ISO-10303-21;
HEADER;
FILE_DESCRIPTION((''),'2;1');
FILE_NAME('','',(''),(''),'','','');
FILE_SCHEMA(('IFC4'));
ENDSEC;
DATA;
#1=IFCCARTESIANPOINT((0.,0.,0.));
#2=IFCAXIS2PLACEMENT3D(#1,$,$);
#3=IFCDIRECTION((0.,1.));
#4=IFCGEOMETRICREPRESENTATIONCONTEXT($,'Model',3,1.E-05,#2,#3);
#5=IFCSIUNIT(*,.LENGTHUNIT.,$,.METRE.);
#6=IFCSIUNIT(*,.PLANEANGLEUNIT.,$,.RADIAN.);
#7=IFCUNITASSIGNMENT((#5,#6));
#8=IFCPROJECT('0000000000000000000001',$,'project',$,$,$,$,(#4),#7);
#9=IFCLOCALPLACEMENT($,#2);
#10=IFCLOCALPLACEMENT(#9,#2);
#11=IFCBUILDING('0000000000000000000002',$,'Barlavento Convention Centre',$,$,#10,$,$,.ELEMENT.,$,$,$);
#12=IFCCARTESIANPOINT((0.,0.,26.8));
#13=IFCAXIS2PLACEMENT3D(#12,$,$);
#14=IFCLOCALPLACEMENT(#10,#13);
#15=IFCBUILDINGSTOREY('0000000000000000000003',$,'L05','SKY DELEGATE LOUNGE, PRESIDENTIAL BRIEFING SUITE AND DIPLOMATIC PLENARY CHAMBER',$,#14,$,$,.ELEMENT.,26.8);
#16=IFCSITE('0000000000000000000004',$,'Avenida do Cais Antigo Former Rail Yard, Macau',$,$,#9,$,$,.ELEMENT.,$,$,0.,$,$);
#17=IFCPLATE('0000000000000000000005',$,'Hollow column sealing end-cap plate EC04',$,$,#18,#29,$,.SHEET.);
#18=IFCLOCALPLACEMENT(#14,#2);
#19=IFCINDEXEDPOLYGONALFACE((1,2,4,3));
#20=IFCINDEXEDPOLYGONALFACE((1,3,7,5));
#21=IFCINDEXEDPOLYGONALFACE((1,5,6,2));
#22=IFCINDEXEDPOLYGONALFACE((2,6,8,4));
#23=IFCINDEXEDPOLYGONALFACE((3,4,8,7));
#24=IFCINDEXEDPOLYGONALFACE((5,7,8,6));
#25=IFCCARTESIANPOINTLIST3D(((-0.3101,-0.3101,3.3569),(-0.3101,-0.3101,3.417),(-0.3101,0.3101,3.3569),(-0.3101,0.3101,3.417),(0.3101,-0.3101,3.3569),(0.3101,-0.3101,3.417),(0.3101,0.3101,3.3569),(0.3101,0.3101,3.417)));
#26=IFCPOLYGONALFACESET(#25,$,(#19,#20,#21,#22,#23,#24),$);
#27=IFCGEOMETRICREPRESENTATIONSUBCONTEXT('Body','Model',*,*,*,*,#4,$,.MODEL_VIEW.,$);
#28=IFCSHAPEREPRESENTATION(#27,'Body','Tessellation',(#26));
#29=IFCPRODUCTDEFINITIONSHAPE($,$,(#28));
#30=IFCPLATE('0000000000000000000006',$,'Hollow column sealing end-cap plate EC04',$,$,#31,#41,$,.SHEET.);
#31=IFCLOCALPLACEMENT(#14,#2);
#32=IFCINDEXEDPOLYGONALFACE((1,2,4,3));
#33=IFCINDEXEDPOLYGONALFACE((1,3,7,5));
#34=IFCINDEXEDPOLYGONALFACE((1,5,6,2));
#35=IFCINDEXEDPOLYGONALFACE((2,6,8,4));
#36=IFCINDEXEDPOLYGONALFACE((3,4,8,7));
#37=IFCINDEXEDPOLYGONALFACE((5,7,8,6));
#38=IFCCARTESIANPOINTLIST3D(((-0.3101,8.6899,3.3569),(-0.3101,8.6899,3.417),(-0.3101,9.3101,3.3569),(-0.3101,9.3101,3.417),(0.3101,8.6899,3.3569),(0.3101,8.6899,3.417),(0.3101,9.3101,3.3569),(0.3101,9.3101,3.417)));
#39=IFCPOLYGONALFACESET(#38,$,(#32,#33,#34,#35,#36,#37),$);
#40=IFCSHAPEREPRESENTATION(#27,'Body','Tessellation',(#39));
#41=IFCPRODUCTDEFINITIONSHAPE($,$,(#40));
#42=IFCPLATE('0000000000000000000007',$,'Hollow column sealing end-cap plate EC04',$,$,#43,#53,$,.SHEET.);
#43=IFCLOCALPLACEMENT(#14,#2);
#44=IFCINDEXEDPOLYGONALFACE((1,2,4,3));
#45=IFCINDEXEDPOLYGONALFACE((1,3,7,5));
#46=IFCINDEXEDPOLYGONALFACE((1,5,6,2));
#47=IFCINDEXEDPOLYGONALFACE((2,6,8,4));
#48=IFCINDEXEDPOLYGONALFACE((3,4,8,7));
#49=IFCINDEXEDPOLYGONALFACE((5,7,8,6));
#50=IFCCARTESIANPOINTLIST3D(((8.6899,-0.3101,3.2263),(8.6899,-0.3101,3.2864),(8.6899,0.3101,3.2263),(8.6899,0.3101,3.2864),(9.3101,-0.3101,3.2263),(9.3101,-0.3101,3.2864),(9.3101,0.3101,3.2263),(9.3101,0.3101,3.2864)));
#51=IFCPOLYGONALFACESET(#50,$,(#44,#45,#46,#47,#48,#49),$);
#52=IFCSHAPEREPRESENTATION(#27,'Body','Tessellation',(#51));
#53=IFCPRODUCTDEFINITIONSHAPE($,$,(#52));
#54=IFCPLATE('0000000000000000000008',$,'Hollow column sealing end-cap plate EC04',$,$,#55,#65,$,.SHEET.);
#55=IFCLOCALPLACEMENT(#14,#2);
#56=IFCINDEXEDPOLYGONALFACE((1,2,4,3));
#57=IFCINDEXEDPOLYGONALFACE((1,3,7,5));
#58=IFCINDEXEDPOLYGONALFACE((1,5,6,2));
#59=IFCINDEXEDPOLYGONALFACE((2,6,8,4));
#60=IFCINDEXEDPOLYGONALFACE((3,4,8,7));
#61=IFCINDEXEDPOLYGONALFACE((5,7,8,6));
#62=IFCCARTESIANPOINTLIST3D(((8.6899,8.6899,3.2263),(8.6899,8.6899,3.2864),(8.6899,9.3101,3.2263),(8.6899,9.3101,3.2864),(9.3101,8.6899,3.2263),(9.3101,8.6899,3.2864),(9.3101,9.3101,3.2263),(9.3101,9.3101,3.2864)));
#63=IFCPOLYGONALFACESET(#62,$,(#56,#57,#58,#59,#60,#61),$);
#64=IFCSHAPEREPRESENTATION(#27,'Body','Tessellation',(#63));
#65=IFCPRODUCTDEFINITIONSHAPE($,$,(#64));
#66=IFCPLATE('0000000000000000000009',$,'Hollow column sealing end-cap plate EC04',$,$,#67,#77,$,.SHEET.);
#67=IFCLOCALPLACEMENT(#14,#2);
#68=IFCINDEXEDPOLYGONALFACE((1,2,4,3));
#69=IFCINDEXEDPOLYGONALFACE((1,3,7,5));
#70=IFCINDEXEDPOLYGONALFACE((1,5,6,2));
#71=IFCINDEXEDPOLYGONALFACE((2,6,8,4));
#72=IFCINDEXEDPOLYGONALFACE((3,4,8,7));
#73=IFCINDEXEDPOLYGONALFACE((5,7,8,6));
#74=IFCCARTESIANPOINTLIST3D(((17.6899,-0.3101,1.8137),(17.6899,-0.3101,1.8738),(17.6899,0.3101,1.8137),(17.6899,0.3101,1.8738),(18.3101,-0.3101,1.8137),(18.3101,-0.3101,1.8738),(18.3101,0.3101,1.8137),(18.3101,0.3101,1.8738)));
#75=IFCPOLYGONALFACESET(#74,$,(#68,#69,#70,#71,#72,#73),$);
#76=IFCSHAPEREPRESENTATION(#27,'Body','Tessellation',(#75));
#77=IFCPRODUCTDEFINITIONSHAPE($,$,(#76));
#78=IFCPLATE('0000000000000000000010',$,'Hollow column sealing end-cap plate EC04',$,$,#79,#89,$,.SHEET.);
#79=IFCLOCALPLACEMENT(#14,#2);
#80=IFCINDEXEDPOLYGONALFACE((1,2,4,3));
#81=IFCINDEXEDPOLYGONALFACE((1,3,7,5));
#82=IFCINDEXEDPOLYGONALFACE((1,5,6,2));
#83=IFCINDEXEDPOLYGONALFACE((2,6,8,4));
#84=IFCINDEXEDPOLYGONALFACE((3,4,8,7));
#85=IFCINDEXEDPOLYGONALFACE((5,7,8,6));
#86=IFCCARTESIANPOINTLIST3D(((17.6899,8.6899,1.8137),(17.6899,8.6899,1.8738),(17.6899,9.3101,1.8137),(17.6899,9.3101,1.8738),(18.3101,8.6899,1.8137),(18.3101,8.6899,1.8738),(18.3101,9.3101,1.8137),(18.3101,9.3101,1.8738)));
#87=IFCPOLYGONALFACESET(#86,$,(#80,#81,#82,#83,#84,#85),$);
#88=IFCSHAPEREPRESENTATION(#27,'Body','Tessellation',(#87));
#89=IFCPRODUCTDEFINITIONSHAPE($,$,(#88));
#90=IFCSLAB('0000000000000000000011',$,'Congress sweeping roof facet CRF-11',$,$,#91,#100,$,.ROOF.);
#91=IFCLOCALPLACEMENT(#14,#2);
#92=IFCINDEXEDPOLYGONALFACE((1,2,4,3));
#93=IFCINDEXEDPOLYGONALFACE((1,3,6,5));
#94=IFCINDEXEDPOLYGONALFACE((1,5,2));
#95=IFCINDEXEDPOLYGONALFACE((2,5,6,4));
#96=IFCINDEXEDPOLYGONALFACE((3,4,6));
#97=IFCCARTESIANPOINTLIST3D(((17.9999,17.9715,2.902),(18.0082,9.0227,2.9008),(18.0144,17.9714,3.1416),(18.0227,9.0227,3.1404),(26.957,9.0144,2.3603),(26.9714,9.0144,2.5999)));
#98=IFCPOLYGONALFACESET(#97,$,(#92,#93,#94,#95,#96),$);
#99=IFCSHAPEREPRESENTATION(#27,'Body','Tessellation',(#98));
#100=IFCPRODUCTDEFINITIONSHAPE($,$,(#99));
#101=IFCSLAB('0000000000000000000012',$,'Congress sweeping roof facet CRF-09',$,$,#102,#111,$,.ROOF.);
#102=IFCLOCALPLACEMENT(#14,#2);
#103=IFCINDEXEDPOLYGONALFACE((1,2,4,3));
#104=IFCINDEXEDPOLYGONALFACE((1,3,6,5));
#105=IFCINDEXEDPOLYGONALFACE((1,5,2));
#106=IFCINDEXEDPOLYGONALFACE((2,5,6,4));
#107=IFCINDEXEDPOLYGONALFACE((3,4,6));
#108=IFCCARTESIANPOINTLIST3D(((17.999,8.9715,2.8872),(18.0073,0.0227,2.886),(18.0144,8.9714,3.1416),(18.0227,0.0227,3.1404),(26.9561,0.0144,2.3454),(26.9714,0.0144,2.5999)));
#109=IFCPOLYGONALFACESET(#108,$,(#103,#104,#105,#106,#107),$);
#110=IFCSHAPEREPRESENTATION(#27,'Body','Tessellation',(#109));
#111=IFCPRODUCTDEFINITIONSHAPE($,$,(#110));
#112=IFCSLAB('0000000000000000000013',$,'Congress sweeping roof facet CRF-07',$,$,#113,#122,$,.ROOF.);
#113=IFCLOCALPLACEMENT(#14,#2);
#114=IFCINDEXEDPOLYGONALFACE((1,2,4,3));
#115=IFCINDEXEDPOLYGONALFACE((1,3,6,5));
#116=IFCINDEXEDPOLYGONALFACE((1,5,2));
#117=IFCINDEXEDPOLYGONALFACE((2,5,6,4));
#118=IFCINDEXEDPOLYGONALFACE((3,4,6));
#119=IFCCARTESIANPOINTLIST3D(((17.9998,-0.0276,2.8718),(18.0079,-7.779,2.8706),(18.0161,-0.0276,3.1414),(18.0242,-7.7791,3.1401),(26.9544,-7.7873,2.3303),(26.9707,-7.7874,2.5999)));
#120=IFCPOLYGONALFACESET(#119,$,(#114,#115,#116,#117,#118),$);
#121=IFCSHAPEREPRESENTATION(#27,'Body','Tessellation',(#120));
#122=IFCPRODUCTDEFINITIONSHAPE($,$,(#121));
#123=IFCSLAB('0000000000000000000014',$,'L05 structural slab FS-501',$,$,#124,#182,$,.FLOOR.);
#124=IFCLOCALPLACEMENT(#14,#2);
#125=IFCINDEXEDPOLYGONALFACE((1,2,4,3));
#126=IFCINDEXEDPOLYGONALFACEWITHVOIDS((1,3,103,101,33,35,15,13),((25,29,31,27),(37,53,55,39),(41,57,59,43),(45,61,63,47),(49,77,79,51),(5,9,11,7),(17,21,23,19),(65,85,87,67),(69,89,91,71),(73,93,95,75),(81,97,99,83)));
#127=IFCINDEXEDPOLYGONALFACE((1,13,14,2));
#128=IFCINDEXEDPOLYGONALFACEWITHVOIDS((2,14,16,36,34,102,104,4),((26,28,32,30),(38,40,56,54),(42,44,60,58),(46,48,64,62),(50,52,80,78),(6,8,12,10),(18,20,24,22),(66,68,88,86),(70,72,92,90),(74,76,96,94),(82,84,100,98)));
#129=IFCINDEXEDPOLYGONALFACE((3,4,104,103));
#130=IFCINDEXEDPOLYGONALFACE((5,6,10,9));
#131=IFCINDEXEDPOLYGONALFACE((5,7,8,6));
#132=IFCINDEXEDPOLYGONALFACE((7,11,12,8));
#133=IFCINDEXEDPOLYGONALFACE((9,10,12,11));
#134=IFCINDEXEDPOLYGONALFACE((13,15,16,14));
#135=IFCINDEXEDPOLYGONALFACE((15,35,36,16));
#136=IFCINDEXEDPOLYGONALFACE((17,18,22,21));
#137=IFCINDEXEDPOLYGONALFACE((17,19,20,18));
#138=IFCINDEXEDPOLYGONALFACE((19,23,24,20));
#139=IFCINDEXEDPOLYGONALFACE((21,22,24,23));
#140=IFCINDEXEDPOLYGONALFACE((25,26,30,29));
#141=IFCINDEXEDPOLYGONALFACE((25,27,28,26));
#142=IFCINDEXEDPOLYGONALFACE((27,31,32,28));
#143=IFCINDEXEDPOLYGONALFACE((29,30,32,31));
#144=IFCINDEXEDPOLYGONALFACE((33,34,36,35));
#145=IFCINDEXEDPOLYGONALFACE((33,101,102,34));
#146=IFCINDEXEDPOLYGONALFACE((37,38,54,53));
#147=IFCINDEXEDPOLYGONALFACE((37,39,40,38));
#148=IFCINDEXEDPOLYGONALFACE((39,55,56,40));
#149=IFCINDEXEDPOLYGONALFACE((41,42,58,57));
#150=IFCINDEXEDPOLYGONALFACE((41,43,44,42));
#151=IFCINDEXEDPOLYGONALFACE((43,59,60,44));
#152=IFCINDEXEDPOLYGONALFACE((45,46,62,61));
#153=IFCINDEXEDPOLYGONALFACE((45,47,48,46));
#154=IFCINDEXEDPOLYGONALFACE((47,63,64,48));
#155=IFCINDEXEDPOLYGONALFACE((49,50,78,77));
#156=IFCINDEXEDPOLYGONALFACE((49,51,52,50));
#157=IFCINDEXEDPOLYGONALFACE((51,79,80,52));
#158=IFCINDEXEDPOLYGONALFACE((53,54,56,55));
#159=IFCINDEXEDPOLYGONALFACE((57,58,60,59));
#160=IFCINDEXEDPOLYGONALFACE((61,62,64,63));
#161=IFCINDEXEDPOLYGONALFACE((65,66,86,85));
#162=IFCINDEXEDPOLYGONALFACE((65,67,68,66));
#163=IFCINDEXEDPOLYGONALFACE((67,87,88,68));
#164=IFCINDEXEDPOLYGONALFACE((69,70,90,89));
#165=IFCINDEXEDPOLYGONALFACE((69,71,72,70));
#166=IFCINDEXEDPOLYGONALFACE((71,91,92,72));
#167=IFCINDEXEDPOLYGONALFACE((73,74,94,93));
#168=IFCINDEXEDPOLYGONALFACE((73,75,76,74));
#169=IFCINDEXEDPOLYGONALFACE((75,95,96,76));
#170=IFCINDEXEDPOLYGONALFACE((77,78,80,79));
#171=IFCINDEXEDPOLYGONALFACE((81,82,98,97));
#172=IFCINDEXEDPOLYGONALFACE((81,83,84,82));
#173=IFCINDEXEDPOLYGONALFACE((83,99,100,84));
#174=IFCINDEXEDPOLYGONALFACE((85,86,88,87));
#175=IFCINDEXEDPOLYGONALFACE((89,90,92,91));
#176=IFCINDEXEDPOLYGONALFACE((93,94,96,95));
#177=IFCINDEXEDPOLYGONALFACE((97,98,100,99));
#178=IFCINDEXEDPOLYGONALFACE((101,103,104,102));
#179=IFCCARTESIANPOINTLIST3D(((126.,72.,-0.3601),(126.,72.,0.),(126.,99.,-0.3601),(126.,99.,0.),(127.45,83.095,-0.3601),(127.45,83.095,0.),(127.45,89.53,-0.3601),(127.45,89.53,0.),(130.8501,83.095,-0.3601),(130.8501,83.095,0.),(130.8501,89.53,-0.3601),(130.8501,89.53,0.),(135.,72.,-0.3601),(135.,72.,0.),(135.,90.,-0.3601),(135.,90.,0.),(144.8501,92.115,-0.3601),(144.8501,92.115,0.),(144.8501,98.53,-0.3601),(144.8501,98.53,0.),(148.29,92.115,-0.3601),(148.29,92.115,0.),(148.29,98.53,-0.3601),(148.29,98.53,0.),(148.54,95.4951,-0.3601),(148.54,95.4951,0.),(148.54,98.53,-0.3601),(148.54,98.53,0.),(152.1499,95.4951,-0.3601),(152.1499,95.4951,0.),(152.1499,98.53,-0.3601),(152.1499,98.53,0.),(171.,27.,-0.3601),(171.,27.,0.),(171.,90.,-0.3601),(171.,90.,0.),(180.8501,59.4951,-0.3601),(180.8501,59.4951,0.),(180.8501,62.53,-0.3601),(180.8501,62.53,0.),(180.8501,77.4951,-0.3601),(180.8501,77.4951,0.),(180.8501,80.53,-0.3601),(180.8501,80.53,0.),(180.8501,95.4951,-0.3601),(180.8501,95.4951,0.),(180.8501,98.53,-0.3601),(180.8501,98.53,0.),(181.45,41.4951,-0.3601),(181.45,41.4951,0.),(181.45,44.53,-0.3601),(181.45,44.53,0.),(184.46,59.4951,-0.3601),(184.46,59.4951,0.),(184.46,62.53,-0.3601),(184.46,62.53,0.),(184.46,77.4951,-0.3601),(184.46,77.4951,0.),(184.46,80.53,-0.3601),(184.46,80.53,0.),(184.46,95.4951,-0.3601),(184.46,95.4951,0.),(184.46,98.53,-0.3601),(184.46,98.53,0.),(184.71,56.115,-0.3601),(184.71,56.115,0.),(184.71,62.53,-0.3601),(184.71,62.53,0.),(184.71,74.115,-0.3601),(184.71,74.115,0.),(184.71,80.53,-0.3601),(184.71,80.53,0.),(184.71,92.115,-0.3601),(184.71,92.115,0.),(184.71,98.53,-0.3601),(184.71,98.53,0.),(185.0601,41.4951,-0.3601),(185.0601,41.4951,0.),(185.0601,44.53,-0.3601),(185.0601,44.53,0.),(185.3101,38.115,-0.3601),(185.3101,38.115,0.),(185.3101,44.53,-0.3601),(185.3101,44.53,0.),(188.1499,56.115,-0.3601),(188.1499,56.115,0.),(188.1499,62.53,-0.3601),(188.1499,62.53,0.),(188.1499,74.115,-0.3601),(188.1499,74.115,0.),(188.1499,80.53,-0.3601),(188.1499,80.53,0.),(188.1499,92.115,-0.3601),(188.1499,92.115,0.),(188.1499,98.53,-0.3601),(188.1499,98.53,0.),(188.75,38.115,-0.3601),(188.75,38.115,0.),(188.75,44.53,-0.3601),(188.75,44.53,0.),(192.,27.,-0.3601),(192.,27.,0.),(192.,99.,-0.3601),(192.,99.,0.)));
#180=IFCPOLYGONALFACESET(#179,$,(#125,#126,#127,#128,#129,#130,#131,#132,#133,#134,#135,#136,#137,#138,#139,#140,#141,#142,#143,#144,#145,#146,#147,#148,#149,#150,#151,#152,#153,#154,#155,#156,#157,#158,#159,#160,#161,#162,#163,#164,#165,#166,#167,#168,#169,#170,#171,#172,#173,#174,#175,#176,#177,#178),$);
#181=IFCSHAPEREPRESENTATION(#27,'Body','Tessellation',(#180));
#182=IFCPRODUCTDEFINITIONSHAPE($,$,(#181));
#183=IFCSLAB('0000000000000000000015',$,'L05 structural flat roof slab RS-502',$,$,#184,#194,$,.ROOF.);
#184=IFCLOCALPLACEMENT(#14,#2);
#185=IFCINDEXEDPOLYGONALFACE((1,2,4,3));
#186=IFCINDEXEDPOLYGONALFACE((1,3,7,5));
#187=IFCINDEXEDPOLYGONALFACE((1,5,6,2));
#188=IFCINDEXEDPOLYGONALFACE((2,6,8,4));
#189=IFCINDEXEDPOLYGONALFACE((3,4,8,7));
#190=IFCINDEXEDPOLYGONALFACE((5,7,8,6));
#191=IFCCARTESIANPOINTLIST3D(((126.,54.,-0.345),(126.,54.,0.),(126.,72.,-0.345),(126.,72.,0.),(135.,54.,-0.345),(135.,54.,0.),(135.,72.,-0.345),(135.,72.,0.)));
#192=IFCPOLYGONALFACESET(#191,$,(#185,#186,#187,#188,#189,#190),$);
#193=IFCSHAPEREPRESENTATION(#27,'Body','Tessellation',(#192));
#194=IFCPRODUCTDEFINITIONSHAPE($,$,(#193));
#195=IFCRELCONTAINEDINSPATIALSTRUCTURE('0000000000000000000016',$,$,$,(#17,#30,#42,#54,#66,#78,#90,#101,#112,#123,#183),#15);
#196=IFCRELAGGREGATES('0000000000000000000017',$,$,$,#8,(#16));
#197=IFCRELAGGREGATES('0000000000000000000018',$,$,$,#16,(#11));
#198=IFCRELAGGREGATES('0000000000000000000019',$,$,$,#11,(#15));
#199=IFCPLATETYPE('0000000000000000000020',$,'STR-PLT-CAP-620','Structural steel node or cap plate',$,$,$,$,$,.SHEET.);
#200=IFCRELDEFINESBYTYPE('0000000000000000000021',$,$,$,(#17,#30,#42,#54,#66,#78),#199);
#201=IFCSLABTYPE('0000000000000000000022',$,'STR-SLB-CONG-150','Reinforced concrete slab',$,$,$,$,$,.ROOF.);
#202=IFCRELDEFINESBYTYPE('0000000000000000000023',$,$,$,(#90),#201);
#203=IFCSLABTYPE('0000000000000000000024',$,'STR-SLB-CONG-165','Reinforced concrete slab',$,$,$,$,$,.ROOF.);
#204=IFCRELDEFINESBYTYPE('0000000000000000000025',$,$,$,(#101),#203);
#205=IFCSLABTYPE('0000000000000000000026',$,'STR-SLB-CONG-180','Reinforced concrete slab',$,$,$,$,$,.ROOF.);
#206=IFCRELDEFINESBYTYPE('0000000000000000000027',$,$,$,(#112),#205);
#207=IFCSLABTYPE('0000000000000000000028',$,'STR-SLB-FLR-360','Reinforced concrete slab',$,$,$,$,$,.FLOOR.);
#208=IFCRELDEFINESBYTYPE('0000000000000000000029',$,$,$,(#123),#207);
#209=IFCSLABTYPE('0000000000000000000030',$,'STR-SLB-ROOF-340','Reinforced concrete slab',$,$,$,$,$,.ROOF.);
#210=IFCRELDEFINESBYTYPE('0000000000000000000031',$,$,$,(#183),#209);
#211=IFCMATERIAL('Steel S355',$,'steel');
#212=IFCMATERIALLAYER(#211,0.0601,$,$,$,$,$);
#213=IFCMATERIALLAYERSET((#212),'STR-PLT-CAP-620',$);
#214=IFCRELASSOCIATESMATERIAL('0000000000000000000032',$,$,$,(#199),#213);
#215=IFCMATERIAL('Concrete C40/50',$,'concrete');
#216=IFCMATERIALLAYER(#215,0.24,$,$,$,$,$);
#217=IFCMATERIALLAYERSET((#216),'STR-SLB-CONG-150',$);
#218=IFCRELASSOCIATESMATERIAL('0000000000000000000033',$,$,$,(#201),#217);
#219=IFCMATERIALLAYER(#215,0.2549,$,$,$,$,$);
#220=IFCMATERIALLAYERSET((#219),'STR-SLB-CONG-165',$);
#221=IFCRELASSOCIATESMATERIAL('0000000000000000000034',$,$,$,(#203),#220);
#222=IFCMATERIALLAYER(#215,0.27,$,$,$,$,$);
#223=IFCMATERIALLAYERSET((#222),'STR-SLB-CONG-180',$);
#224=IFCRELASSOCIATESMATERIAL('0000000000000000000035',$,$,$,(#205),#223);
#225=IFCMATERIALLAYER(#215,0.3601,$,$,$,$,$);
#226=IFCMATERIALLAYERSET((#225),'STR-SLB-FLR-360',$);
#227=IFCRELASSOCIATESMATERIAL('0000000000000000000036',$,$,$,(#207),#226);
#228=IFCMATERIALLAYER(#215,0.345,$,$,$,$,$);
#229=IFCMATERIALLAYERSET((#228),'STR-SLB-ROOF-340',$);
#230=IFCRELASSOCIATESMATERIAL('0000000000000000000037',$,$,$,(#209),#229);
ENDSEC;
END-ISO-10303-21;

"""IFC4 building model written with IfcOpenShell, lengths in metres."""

from ifc_helpers import new_model, si_unit, direction, frame, origin, origin_2d, place, context, subcontext, project, spatial, polyline, rectangle, outline, extrude, material, layer, layer_set, type_object, element, save


model = new_model("IFC4")

# Units and contexts
model_context = context("Model", 3, precision=1e-05, world=origin(), true_north=direction((0.0, 1.0)))
body_context = subcontext(model_context, "Body", "Model", "MODEL_VIEW")
ifc_project = project(units=[si_unit("LENGTHUNIT", "METRE"), si_unit("PLANEANGLEUNIT", "RADIAN")], contexts=[model_context])

# Site, building, storey
site_placement = place(None, origin())
site = spatial("IfcSite", under=ifc_project, at=site_placement, Name="Avenida do Cais Antigo Former Rail Yard, Macau", CompositionType="ELEMENT", RefElevation=0.0)
building_placement = place(site_placement, origin())
building = spatial("IfcBuilding", under=site, at=building_placement, Name="Barlavento Convention Centre", CompositionType="ELEMENT")
storey_placement = place(building_placement, frame((0.0, 0.0, 26.8)))
storey = spatial("IfcBuildingStorey", under=building, at=storey_placement, Name="L05", Description="SKY DELEGATE LOUNGE, PRESIDENTIAL BRIEFING SUITE AND DIPLOMATIC PLENARY CHAMBER", CompositionType="ELEMENT", Elevation=26.8)

# Shared definitions
ifc_material_1 = material(Name="Concrete C40/50", Category="concrete")

# Plates
ifc_material_2 = material(Name="Steel S355", Category="steel")
ifc_layer_1 = layer(ifc_material_2, 0.0601)
ifc_layer_set_1 = layer_set([ifc_layer_1], Name="STR-PLT-CAP-620")
plate_type = type_object("IfcPlateType", Name="STR-PLT-CAP-620", Description="Structural steel node or cap plate", PredefinedType="SHEET", material=ifc_layer_set_1)
for number, where, z_axis, x_axis, name in (
    (1, (0.0, 0.0, 3.3569), (0.0, 0.0, 1.0), (1.0, 0.0, 0.0), "Hollow column sealing end-cap plate EC04"),
    (2, (0.0, 9.0, 3.3569), (0.0, 0.0, 1.0), (1.0, 0.0, 0.0), "Hollow column sealing end-cap plate EC04"),
    (3, (9.0, 0.0, 3.2263), (0.0, 0.0, 1.0), (1.0, 0.0, 0.0), "Hollow column sealing end-cap plate EC04"),
    (4, (9.0, 9.0, 3.2263), (0.0, 0.0, 1.0), (1.0, 0.0, 0.0), "Hollow column sealing end-cap plate EC04"),
    (5, (18.0, 0.0, 1.8137), (0.0, 0.0, 1.0), (1.0, 0.0, 0.0), "Hollow column sealing end-cap plate EC04"),
    (6, (18.0, 9.0, 1.8137), (0.0, 0.0, 1.0), (1.0, 0.0, 0.0), "Hollow column sealing end-cap plate EC04"),
):
    element("IfcPlate", number, at=place(storey_placement, frame(where, z_axis=z_axis, x_axis=x_axis)), inside=storey, type_object=plate_type, Name=name, PredefinedType="SHEET", context=body_context, shape_type="SweptSolid", body=[
        extrude(rectangle(XDim=0.6201, YDim=0.6201, at=origin_2d()), origin(), (0.0, 0.0, 1.0), 0.0601),
    ])

# Slabs
ifc_layer_2 = layer(ifc_material_1, 0.24)
ifc_layer_set_2 = layer_set([ifc_layer_2], Name="STR-SLB-CONG-150")
slab_type_1 = type_object("IfcSlabType", Name="STR-SLB-CONG-150", Description="Reinforced concrete slab", PredefinedType="ROOF", material=ifc_layer_set_2)
slab_1_placement = place(storey_placement, frame((18.0227, 9.0227, 3.1404), z_axis=(0.060293, -0.00008, 0.998181), x_axis=(0.99818, -0.000926, -0.060293)))
element("IfcSlab", 7, at=slab_1_placement, inside=storey, type_object=slab_type_1, Name="Congress sweeping roof facet CRF-11", PredefinedType="ROOF", context=body_context, shape_type="SweptSolid", body=[
    extrude(outline(polyline([(0.0, 0.0), (8.965, 0.0), (-0.0166, 8.9487), (0.0, 0.0)])), origin(), (0.0, 0.0, -1.0), 0.24),
])
ifc_layer_3 = layer(ifc_material_1, 0.2549)
ifc_layer_set_3 = layer_set([ifc_layer_3], Name="STR-SLB-CONG-165")
slab_type_2 = type_object("IfcSlabType", Name="STR-SLB-CONG-165", Description="Reinforced concrete slab", PredefinedType="ROOF", material=ifc_layer_set_3)
slab_2_placement = place(storey_placement, frame((18.0227, 0.0227, 3.1404), z_axis=(0.060293, -0.00008, 0.998181), x_axis=(0.99818, -0.000926, -0.060293)))
element("IfcSlab", 8, at=slab_2_placement, inside=storey, type_object=slab_type_2, Name="Congress sweeping roof facet CRF-09", PredefinedType="ROOF", context=body_context, shape_type="SweptSolid", body=[
    extrude(outline(polyline([(0.0, 0.0), (8.965, 0.0), (-0.0166, 8.9487), (0.0, 0.0)])), origin(), (0.0, 0.0, -1.0), 0.2549),
])
ifc_layer_4 = layer(ifc_material_1, 0.27)
ifc_layer_set_4 = layer_set([ifc_layer_4], Name="STR-SLB-CONG-180")
slab_type_3 = type_object("IfcSlabType", Name="STR-SLB-CONG-180", Description="Reinforced concrete slab", PredefinedType="ROOF", material=ifc_layer_set_4)
slab_3_placement = place(storey_placement, frame((18.0242, -7.7791, 3.1401), z_axis=(0.06028, -0.000095, 0.998181), x_axis=(0.998181, -0.000926, -0.06028)))
element("IfcSlab", 9, at=slab_3_placement, inside=storey, type_object=slab_type_3, Name="Congress sweeping roof facet CRF-07", PredefinedType="ROOF", context=body_context, shape_type="SweptSolid", body=[
    extrude(outline(polyline([(0.0, 0.0), (8.9628, 0.0), (-0.0153, 7.7515), (0.0, 0.0)])), origin(), (0.0, 0.0, -1.0), 0.27),
])
ifc_layer_5 = layer(ifc_material_1, 0.3601)
ifc_layer_set_5 = layer_set([ifc_layer_5], Name="STR-SLB-FLR-360")
slab_type_4 = type_object("IfcSlabType", Name="STR-SLB-FLR-360", Description="Reinforced concrete slab", PredefinedType="FLOOR", material=ifc_layer_set_5)
slab_4_placement = place(storey_placement, frame((0.0, 0.0, -0.3601)))
element("IfcSlab", 10, at=slab_4_placement, inside=storey, type_object=slab_type_4, Name="L05 structural slab FS-501", PredefinedType="FLOOR", context=body_context, shape_type="SweptSolid", body=[
    extrude(outline(polyline([(171.0, 27.0), (192.0, 27.0), (192.0, 99.0), (126.0, 99.0), (126.0, 72.0), (135.0, 72.0), (135.0, 90.0), (171.0, 90.0), (171.0, 27.0)]), holes=[polyline([(188.1499, 56.115), (188.1499, 62.53), (184.71, 62.53), (184.71, 56.115), (188.1499, 56.115)]), polyline([(180.8501, 59.4951), (184.46, 59.4951), (184.46, 62.53), (180.8501, 62.53), (180.8501, 59.4951)]), polyline([(188.75, 38.115), (188.75, 44.53), (185.3101, 44.53), (185.3101, 38.115), (188.75, 38.115)]), polyline([(181.45, 41.4951), (185.0601, 41.4951), (185.0601, 44.53), (181.45, 44.53), (181.45, 41.4951)]), polyline([(188.1499, 74.115), (188.1499, 80.53), (184.71, 80.53), (184.71, 74.115), (188.1499, 74.115)]), polyline([(180.8501, 77.4951), (184.46, 77.4951), (184.46, 80.53), (180.8501, 80.53), (180.8501, 77.4951)]), polyline([(188.1499, 92.115), (188.1499, 98.53), (184.71, 98.53), (184.71, 92.115), (188.1499, 92.115)]), polyline([(180.8501, 95.4951), (184.46, 95.4951), (184.46, 98.53), (180.8501, 98.53), (180.8501, 95.4951)]), polyline([(148.29, 92.115), (148.29, 98.53), (144.8501, 98.53), (144.8501, 92.115), (148.29, 92.115)]), polyline([(148.54, 95.4951), (152.1499, 95.4951), (152.1499, 98.53), (148.54, 98.53), (148.54, 95.4951)]), polyline([(130.8501, 83.095), (130.8501, 89.53), (127.45, 89.53), (127.45, 83.095), (130.8501, 83.095)])]), origin(), (0.0, 0.0, 1.0), 0.3601),
])
ifc_layer_6 = layer(ifc_material_1, 0.345)
ifc_layer_set_6 = layer_set([ifc_layer_6], Name="STR-SLB-ROOF-340")
slab_type_5 = type_object("IfcSlabType", Name="STR-SLB-ROOF-340", Description="Reinforced concrete slab", PredefinedType="ROOF", material=ifc_layer_set_6)
slab_5_placement = place(storey_placement, frame((0.0, 0.0, -0.345)))
element("IfcSlab", 11, at=slab_5_placement, inside=storey, type_object=slab_type_5, Name="L05 structural flat roof slab RS-502", PredefinedType="ROOF", context=body_context, shape_type="SweptSolid", body=[
    extrude(outline(polyline([(126.0, 54.0), (135.0, 54.0), (135.0, 72.0), (126.0, 72.0), (126.0, 54.0)])), origin(), (0.0, 0.0, 1.0), 0.345),
])

save(model, "model.ifc")
